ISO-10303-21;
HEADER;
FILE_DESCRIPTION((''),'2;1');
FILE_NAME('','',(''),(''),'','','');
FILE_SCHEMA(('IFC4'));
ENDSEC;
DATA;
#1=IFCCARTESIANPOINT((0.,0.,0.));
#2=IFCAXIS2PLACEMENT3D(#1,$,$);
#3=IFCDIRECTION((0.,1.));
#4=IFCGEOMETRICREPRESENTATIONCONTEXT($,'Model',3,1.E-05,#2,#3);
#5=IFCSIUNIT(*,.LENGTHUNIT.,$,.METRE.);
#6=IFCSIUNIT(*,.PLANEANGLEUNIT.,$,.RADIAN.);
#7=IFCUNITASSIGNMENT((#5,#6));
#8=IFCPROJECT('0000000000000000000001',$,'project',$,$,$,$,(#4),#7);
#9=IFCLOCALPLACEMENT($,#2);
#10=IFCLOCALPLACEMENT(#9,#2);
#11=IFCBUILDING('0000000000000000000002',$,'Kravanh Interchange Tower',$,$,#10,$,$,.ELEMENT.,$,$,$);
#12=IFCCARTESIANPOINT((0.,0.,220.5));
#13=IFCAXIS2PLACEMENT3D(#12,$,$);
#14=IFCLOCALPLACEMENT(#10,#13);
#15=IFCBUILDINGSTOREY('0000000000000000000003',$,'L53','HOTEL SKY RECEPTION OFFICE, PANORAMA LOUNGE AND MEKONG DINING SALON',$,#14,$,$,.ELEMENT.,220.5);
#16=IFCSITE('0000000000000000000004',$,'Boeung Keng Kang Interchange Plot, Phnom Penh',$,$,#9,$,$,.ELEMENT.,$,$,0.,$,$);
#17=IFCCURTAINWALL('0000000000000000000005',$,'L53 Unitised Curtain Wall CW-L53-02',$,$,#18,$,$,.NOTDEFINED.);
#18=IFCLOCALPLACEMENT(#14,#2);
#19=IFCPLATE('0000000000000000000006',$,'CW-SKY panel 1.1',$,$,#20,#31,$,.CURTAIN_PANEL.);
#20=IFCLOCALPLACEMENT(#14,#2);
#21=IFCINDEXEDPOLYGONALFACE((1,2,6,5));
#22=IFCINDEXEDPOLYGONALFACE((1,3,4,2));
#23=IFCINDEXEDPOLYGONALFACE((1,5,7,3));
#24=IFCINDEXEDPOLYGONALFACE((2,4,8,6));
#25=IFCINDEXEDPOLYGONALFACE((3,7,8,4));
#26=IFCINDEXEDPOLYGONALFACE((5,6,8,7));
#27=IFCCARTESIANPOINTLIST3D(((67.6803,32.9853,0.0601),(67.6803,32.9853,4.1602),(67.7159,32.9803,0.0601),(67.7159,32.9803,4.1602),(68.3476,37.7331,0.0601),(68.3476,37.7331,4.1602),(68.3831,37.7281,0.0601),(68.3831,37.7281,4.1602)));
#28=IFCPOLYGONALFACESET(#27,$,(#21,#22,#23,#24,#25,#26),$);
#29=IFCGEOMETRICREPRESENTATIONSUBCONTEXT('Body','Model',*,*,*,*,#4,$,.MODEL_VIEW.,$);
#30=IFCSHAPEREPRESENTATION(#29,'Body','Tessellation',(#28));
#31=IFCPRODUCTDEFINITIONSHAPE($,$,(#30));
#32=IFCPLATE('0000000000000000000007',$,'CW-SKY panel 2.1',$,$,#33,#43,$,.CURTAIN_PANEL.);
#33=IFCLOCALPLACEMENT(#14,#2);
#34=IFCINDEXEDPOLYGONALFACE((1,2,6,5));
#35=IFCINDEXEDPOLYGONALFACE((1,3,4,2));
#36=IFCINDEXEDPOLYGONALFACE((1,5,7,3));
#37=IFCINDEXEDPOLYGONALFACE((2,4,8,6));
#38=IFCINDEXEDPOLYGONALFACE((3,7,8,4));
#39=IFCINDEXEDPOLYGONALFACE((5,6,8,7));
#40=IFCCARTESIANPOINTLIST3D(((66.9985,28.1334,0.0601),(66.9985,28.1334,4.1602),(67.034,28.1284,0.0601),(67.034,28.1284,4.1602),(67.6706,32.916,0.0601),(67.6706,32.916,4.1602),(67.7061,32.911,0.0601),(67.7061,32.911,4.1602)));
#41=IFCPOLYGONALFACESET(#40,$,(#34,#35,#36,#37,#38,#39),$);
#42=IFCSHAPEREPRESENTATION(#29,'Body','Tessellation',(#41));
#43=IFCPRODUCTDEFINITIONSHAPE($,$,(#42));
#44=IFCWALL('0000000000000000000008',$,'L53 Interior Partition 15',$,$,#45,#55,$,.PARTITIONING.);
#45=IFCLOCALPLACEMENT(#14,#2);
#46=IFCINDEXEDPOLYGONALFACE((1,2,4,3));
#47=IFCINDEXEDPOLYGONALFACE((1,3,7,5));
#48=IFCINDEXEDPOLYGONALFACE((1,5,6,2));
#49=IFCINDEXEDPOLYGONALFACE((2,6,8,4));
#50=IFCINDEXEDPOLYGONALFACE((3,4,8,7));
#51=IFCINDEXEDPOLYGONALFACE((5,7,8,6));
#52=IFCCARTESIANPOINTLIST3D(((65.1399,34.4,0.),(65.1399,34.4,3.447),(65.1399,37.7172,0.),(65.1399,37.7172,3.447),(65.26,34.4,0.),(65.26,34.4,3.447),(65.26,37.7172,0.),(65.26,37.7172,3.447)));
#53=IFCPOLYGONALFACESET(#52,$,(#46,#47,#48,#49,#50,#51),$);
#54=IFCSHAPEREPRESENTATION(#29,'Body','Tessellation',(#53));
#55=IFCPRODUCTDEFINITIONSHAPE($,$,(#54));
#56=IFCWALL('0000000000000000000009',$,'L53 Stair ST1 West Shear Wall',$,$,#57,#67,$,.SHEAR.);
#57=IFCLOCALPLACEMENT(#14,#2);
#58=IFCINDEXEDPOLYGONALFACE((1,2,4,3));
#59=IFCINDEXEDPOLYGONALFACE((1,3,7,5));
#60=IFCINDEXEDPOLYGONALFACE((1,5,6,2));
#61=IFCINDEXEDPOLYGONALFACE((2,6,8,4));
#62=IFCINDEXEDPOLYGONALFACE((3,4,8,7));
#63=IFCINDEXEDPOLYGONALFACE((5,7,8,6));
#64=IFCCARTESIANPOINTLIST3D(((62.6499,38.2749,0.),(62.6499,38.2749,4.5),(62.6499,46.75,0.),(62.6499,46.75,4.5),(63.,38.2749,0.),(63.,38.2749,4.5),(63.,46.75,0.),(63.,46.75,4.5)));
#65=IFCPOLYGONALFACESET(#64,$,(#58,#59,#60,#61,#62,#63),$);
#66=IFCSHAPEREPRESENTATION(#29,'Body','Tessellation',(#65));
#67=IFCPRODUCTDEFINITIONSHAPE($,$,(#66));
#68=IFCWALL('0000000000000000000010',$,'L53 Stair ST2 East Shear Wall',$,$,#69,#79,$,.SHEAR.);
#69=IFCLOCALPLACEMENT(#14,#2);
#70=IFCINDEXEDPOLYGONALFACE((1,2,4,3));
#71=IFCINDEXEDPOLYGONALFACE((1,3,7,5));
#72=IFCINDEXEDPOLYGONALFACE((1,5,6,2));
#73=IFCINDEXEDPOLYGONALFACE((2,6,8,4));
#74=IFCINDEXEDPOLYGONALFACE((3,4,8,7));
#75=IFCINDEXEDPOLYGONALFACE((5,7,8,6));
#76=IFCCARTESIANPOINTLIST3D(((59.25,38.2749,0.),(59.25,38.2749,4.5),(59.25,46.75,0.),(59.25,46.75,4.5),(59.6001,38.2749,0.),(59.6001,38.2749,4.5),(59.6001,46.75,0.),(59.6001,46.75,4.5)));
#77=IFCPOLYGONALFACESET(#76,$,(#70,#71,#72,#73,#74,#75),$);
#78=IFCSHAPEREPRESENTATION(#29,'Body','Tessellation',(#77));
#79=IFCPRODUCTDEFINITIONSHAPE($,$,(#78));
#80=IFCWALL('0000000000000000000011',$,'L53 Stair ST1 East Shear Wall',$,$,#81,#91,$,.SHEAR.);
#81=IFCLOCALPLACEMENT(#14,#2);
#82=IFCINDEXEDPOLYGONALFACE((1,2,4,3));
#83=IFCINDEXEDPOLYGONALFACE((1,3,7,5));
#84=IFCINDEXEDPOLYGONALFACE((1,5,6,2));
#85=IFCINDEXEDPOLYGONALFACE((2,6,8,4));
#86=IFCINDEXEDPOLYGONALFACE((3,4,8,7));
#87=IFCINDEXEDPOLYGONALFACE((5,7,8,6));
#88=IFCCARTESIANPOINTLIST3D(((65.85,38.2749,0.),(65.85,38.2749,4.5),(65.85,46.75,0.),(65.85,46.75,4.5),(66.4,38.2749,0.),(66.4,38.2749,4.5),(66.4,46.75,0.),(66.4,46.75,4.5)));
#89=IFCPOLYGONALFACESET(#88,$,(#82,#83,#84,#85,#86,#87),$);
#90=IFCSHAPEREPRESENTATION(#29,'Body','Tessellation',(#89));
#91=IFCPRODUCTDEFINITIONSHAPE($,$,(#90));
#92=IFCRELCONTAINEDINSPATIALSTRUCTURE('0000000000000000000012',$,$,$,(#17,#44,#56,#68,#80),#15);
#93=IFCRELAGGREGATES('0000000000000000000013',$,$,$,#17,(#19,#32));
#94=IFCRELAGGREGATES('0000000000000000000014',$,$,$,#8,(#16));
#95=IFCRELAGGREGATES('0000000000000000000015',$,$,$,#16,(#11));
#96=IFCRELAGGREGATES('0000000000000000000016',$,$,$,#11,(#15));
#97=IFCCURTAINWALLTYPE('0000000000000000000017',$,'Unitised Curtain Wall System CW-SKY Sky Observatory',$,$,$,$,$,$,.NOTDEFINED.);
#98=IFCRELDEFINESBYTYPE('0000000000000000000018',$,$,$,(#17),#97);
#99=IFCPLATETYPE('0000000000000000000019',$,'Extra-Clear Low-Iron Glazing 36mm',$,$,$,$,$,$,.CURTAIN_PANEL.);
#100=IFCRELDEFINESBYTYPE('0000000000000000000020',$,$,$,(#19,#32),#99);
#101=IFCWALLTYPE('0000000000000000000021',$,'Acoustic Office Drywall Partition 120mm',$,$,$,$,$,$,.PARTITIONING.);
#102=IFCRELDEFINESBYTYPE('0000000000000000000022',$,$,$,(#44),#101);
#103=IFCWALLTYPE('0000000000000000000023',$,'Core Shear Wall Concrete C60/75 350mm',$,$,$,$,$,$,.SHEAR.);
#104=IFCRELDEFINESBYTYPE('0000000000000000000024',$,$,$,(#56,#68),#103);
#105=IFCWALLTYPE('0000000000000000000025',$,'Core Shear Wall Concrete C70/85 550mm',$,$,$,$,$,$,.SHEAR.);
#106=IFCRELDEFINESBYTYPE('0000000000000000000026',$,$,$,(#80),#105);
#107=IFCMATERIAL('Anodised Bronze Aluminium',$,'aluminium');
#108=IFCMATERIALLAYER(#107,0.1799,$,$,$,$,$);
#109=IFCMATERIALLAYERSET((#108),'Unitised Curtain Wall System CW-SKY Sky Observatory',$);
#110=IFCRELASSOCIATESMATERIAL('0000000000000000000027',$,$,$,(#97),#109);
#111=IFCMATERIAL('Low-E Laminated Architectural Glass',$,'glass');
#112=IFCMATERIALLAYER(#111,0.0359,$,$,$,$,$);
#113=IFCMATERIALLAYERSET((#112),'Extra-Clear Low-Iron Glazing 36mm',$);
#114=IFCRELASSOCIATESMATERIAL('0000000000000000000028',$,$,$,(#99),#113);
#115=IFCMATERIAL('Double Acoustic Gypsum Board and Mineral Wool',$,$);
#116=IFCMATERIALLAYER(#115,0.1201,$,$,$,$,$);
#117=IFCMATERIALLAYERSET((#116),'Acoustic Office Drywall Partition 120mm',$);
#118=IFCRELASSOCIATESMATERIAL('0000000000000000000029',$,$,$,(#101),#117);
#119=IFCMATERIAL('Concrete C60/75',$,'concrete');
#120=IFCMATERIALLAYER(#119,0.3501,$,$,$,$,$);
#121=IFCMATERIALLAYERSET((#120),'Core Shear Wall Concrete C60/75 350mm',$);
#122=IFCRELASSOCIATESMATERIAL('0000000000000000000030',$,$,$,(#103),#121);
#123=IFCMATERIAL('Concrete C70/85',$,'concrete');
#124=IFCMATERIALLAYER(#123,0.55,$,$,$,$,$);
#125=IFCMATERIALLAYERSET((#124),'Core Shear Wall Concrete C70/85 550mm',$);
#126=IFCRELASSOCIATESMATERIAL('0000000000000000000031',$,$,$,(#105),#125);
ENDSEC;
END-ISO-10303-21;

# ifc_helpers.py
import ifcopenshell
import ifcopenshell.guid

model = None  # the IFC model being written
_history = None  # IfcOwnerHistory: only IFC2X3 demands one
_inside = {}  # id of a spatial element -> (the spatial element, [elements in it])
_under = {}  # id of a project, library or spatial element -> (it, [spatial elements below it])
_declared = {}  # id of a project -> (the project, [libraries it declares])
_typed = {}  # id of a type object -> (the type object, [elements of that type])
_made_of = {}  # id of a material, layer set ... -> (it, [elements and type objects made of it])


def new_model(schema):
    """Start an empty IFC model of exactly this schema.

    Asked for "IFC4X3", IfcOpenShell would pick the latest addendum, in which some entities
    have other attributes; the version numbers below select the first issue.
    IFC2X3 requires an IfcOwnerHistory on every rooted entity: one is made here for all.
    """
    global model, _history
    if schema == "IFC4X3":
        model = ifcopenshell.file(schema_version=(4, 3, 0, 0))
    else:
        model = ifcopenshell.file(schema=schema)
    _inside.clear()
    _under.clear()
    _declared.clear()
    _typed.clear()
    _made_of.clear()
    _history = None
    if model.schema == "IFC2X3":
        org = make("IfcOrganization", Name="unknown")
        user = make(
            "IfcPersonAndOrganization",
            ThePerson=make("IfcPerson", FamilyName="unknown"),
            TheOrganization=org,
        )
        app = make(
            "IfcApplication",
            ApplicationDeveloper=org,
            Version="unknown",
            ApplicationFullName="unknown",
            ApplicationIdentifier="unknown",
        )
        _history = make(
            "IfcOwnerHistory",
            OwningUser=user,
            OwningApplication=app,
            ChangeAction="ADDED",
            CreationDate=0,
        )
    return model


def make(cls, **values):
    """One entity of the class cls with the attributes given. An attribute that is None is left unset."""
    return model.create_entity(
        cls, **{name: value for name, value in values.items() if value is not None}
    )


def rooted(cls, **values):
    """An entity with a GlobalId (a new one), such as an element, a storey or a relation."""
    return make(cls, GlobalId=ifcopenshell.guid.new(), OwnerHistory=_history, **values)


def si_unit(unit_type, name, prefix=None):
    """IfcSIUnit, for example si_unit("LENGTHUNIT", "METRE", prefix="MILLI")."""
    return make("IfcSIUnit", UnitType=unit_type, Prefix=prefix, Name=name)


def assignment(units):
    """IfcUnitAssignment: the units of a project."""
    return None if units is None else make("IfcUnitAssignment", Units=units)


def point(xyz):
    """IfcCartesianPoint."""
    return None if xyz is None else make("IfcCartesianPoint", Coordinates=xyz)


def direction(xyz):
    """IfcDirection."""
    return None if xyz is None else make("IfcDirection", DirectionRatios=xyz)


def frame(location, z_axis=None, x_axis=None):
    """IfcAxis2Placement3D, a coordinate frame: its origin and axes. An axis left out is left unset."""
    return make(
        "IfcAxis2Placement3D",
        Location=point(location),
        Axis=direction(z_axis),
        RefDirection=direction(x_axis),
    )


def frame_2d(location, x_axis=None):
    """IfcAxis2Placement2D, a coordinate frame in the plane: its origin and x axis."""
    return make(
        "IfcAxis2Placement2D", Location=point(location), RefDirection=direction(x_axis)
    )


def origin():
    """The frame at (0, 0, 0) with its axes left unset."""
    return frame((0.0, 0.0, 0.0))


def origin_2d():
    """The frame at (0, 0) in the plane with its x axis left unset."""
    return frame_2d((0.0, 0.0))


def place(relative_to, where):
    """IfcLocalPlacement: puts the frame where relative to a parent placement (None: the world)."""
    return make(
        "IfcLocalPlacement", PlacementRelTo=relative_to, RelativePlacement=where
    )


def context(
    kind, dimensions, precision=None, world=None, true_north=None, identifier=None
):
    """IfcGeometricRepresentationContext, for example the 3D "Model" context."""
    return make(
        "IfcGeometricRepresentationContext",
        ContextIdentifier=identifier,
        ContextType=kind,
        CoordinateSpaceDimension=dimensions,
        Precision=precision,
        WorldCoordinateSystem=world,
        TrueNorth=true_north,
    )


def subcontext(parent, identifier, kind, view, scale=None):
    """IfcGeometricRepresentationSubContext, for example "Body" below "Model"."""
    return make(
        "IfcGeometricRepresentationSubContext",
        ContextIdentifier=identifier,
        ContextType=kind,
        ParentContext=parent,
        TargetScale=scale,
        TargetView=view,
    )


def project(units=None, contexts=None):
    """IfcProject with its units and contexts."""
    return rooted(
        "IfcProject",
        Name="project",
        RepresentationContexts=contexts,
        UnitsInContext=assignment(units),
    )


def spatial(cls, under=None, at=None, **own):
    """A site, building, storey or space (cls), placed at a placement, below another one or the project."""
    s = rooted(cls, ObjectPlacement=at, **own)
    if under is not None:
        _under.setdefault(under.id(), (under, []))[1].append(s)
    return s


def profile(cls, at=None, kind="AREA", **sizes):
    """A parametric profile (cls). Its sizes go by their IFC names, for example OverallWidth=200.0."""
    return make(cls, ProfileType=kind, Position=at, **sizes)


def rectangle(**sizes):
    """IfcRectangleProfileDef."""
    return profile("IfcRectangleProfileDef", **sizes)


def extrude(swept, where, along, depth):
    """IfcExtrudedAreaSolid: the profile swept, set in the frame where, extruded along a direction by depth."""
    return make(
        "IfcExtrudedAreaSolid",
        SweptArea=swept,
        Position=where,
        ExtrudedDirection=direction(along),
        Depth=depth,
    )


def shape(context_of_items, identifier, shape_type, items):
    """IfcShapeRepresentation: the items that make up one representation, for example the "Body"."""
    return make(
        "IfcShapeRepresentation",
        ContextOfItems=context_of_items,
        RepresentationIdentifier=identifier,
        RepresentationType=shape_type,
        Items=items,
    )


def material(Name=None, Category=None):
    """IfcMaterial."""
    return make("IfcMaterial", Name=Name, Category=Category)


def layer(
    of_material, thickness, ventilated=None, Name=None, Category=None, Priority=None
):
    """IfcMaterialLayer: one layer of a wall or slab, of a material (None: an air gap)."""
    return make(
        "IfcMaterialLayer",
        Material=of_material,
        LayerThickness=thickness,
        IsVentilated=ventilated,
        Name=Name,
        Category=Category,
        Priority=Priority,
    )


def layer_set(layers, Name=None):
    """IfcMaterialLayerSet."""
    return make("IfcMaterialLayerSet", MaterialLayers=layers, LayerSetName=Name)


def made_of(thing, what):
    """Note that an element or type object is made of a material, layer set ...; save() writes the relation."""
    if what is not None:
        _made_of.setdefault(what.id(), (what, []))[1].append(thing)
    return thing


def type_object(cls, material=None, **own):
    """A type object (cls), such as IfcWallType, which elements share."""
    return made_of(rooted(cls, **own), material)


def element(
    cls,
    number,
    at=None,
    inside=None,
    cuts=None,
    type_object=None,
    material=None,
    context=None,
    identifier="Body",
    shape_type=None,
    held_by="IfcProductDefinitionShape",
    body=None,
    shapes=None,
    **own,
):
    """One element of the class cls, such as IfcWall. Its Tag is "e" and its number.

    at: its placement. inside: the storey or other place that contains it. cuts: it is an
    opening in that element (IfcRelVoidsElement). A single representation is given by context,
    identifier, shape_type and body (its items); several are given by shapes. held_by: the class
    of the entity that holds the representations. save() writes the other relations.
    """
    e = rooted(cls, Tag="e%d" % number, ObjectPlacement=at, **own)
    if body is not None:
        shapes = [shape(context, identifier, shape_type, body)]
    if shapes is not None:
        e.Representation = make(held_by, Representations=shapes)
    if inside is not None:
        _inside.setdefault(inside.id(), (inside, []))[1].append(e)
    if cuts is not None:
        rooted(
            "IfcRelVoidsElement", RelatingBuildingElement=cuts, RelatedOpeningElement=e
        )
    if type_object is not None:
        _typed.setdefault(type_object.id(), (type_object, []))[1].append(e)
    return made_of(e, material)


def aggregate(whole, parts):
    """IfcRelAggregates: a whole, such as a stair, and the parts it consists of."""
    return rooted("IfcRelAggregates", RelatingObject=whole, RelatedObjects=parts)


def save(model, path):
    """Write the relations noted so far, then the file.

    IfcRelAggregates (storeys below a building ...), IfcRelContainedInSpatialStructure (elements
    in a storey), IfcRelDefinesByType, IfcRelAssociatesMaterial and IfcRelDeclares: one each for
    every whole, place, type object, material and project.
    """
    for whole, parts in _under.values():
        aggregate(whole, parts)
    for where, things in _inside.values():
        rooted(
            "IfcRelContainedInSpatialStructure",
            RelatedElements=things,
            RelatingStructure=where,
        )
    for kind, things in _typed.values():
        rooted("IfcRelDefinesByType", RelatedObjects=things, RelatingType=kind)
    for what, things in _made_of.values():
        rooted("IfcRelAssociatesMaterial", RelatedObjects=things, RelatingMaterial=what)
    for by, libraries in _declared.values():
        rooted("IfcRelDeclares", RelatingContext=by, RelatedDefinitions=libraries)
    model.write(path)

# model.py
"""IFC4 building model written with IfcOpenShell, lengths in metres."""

from ifc_helpers import new_model, si_unit, direction, frame, frame_2d, origin, origin_2d, place, context, subcontext, project, spatial, rectangle, extrude, material, layer, layer_set, type_object, element, aggregate, save


model = new_model("IFC4")

# Units and contexts
model_context = context("Model", 3, precision=1e-05, world=origin(), true_north=direction((0.0, 1.0)))
body_context = subcontext(model_context, "Body", "Model", "MODEL_VIEW")
ifc_project = project(units=[si_unit("LENGTHUNIT", "METRE"), si_unit("PLANEANGLEUNIT", "RADIAN")], contexts=[model_context])

# Site, building, storey
site_placement = place(None, origin())
site = spatial("IfcSite", under=ifc_project, at=site_placement, Name="Boeung Keng Kang Interchange Plot, Phnom Penh", CompositionType="ELEMENT", RefElevation=0.0)
building_placement = place(site_placement, origin())
building = spatial("IfcBuilding", under=site, at=building_placement, Name="Kravanh Interchange Tower", CompositionType="ELEMENT")
storey_placement = place(building_placement, frame((0.0, 0.0, 220.5)))
storey = spatial("IfcBuildingStorey", under=building, at=storey_placement, Name="L53", Description="HOTEL SKY RECEPTION OFFICE, PANORAMA LOUNGE AND MEKONG DINING SALON", CompositionType="ELEMENT", Elevation=220.5)

# Curtain wall
ifc_material_1 = material(Name="Anodised Bronze Aluminium", Category="aluminium")
ifc_layer_1 = layer(ifc_material_1, 0.1799)
ifc_layer_set_1 = layer_set([ifc_layer_1], Name="Unitised Curtain Wall System CW-SKY Sky Observatory")
curtain_wall_type = type_object("IfcCurtainWallType", Name="Unitised Curtain Wall System CW-SKY Sky Observatory", PredefinedType="NOTDEFINED", material=ifc_layer_set_1)
curtain_wall_placement = place(storey_placement, origin())
curtain_wall = element("IfcCurtainWall", 1, at=curtain_wall_placement, inside=storey, type_object=curtain_wall_type, Name="L53 Unitised Curtain Wall CW-L53-02", PredefinedType="NOTDEFINED")

# Plates
ifc_material_2 = material(Name="Low-E Laminated Architectural Glass", Category="glass")
ifc_layer_2 = layer(ifc_material_2, 0.0359)
ifc_layer_set_2 = layer_set([ifc_layer_2], Name="Extra-Clear Low-Iron Glazing 36mm")
plate_type = type_object("IfcPlateType", Name="Extra-Clear Low-Iron Glazing 36mm", PredefinedType="CURTAIN_PANEL", material=ifc_layer_set_2)
plate_1_placement = place(storey_placement, frame((68.0317, 35.3567, 0.0601), z_axis=(0.0, 0.0, 1.0), x_axis=(-0.139172, -0.990268, 0.0)))
plate_1 = element("IfcPlate", 2, at=plate_1_placement, type_object=plate_type, Name="CW-SKY panel 1.1", PredefinedType="CURTAIN_PANEL", context=body_context, shape_type="SweptSolid", body=[
    extrude(rectangle(XDim=4.7944, YDim=0.0359, at=origin_2d()), origin(), (0.0, 0.0, 1.0), 4.1001),
])
plate_2_placement = place(storey_placement, frame((67.3523, 30.5222, 0.0601), z_axis=(0.0, 0.0, 1.0), x_axis=(-0.139172, -0.990268, 0.0)))
plate_2 = element("IfcPlate", 3, at=plate_2_placement, type_object=plate_type, Name="CW-SKY panel 2.1", PredefinedType="CURTAIN_PANEL", context=body_context, shape_type="SweptSolid", body=[
    extrude(rectangle(XDim=4.8296, YDim=0.0359, at=origin_2d()), origin(), (0.0, 0.0, 1.0), 4.1001),
])
aggregate(curtain_wall, [plate_1, plate_2])

# Walls
ifc_material_3 = material(Name="Double Acoustic Gypsum Board and Mineral Wool")
ifc_layer_3 = layer(ifc_material_3, 0.1201)
ifc_layer_set_3 = layer_set([ifc_layer_3], Name="Acoustic Office Drywall Partition 120mm")
wall_type_1 = type_object("IfcWallType", Name="Acoustic Office Drywall Partition 120mm", PredefinedType="PARTITIONING", material=ifc_layer_set_3)
wall_1_placement = place(storey_placement, frame((65.2, 34.3999, 0.0), z_axis=(0.0, 0.0, 1.0), x_axis=(0.0, 1.0, 0.0)))
element("IfcWall", 4, at=wall_1_placement, inside=storey, type_object=wall_type_1, Name="L53 Interior Partition 15", PredefinedType="PARTITIONING", context=body_context, shape_type="SweptSolid", body=[
    extrude(rectangle(XDim=3.3171, YDim=0.1201, at=frame_2d((1.6587, 0.0))), origin(), (0.0, 0.0, 1.0), 3.447),
])
ifc_material_4 = material(Name="Concrete C60/75", Category="concrete")
ifc_layer_4 = layer(ifc_material_4, 0.3501)
ifc_layer_set_4 = layer_set([ifc_layer_4], Name="Core Shear Wall Concrete C60/75 350mm")
wall_type_2 = type_object("IfcWallType", Name="Core Shear Wall Concrete C60/75 350mm", PredefinedType="SHEAR", material=ifc_layer_set_4)
for number, where, z_axis, x_axis, name in (
    (5, (62.825, 38.2749, 0.0), (0.0, 0.0, 1.0), (0.0, 1.0, 0.0), "L53 Stair ST1 West Shear Wall"),
    (6, (59.425, 38.2749, 0.0), (0.0, 0.0, 1.0), (0.0, 1.0, 0.0), "L53 Stair ST2 East Shear Wall"),
):
    element("IfcWall", number, at=place(storey_placement, frame(where, z_axis=z_axis, x_axis=x_axis)), inside=storey, type_object=wall_type_2, Name=name, PredefinedType="SHEAR", context=body_context, shape_type="SweptSolid", body=[
        extrude(rectangle(XDim=8.4751, YDim=0.3501, at=frame_2d((4.2375, 0.0))), origin(), (0.0, 0.0, 1.0), 4.5),
    ])
ifc_material_5 = material(Name="Concrete C70/85", Category="concrete")
ifc_layer_5 = layer(ifc_material_5, 0.55)
ifc_layer_set_5 = layer_set([ifc_layer_5], Name="Core Shear Wall Concrete C70/85 550mm")
wall_type_3 = type_object("IfcWallType", Name="Core Shear Wall Concrete C70/85 550mm", PredefinedType="SHEAR", material=ifc_layer_set_5)
wall_2_placement = place(storey_placement, frame((66.125, 38.2749, 0.0), z_axis=(0.0, 0.0, 1.0), x_axis=(0.0, 1.0, 0.0)))
element("IfcWall", 7, at=wall_2_placement, inside=storey, type_object=wall_type_3, Name="L53 Stair ST1 East Shear Wall", PredefinedType="SHEAR", context=body_context, shape_type="SweptSolid", body=[
    extrude(rectangle(XDim=8.4751, YDim=0.55, at=frame_2d((4.2375, 0.0))), origin(), (0.0, 0.0, 1.0), 4.5),
])

save(model, "model.ifc")
